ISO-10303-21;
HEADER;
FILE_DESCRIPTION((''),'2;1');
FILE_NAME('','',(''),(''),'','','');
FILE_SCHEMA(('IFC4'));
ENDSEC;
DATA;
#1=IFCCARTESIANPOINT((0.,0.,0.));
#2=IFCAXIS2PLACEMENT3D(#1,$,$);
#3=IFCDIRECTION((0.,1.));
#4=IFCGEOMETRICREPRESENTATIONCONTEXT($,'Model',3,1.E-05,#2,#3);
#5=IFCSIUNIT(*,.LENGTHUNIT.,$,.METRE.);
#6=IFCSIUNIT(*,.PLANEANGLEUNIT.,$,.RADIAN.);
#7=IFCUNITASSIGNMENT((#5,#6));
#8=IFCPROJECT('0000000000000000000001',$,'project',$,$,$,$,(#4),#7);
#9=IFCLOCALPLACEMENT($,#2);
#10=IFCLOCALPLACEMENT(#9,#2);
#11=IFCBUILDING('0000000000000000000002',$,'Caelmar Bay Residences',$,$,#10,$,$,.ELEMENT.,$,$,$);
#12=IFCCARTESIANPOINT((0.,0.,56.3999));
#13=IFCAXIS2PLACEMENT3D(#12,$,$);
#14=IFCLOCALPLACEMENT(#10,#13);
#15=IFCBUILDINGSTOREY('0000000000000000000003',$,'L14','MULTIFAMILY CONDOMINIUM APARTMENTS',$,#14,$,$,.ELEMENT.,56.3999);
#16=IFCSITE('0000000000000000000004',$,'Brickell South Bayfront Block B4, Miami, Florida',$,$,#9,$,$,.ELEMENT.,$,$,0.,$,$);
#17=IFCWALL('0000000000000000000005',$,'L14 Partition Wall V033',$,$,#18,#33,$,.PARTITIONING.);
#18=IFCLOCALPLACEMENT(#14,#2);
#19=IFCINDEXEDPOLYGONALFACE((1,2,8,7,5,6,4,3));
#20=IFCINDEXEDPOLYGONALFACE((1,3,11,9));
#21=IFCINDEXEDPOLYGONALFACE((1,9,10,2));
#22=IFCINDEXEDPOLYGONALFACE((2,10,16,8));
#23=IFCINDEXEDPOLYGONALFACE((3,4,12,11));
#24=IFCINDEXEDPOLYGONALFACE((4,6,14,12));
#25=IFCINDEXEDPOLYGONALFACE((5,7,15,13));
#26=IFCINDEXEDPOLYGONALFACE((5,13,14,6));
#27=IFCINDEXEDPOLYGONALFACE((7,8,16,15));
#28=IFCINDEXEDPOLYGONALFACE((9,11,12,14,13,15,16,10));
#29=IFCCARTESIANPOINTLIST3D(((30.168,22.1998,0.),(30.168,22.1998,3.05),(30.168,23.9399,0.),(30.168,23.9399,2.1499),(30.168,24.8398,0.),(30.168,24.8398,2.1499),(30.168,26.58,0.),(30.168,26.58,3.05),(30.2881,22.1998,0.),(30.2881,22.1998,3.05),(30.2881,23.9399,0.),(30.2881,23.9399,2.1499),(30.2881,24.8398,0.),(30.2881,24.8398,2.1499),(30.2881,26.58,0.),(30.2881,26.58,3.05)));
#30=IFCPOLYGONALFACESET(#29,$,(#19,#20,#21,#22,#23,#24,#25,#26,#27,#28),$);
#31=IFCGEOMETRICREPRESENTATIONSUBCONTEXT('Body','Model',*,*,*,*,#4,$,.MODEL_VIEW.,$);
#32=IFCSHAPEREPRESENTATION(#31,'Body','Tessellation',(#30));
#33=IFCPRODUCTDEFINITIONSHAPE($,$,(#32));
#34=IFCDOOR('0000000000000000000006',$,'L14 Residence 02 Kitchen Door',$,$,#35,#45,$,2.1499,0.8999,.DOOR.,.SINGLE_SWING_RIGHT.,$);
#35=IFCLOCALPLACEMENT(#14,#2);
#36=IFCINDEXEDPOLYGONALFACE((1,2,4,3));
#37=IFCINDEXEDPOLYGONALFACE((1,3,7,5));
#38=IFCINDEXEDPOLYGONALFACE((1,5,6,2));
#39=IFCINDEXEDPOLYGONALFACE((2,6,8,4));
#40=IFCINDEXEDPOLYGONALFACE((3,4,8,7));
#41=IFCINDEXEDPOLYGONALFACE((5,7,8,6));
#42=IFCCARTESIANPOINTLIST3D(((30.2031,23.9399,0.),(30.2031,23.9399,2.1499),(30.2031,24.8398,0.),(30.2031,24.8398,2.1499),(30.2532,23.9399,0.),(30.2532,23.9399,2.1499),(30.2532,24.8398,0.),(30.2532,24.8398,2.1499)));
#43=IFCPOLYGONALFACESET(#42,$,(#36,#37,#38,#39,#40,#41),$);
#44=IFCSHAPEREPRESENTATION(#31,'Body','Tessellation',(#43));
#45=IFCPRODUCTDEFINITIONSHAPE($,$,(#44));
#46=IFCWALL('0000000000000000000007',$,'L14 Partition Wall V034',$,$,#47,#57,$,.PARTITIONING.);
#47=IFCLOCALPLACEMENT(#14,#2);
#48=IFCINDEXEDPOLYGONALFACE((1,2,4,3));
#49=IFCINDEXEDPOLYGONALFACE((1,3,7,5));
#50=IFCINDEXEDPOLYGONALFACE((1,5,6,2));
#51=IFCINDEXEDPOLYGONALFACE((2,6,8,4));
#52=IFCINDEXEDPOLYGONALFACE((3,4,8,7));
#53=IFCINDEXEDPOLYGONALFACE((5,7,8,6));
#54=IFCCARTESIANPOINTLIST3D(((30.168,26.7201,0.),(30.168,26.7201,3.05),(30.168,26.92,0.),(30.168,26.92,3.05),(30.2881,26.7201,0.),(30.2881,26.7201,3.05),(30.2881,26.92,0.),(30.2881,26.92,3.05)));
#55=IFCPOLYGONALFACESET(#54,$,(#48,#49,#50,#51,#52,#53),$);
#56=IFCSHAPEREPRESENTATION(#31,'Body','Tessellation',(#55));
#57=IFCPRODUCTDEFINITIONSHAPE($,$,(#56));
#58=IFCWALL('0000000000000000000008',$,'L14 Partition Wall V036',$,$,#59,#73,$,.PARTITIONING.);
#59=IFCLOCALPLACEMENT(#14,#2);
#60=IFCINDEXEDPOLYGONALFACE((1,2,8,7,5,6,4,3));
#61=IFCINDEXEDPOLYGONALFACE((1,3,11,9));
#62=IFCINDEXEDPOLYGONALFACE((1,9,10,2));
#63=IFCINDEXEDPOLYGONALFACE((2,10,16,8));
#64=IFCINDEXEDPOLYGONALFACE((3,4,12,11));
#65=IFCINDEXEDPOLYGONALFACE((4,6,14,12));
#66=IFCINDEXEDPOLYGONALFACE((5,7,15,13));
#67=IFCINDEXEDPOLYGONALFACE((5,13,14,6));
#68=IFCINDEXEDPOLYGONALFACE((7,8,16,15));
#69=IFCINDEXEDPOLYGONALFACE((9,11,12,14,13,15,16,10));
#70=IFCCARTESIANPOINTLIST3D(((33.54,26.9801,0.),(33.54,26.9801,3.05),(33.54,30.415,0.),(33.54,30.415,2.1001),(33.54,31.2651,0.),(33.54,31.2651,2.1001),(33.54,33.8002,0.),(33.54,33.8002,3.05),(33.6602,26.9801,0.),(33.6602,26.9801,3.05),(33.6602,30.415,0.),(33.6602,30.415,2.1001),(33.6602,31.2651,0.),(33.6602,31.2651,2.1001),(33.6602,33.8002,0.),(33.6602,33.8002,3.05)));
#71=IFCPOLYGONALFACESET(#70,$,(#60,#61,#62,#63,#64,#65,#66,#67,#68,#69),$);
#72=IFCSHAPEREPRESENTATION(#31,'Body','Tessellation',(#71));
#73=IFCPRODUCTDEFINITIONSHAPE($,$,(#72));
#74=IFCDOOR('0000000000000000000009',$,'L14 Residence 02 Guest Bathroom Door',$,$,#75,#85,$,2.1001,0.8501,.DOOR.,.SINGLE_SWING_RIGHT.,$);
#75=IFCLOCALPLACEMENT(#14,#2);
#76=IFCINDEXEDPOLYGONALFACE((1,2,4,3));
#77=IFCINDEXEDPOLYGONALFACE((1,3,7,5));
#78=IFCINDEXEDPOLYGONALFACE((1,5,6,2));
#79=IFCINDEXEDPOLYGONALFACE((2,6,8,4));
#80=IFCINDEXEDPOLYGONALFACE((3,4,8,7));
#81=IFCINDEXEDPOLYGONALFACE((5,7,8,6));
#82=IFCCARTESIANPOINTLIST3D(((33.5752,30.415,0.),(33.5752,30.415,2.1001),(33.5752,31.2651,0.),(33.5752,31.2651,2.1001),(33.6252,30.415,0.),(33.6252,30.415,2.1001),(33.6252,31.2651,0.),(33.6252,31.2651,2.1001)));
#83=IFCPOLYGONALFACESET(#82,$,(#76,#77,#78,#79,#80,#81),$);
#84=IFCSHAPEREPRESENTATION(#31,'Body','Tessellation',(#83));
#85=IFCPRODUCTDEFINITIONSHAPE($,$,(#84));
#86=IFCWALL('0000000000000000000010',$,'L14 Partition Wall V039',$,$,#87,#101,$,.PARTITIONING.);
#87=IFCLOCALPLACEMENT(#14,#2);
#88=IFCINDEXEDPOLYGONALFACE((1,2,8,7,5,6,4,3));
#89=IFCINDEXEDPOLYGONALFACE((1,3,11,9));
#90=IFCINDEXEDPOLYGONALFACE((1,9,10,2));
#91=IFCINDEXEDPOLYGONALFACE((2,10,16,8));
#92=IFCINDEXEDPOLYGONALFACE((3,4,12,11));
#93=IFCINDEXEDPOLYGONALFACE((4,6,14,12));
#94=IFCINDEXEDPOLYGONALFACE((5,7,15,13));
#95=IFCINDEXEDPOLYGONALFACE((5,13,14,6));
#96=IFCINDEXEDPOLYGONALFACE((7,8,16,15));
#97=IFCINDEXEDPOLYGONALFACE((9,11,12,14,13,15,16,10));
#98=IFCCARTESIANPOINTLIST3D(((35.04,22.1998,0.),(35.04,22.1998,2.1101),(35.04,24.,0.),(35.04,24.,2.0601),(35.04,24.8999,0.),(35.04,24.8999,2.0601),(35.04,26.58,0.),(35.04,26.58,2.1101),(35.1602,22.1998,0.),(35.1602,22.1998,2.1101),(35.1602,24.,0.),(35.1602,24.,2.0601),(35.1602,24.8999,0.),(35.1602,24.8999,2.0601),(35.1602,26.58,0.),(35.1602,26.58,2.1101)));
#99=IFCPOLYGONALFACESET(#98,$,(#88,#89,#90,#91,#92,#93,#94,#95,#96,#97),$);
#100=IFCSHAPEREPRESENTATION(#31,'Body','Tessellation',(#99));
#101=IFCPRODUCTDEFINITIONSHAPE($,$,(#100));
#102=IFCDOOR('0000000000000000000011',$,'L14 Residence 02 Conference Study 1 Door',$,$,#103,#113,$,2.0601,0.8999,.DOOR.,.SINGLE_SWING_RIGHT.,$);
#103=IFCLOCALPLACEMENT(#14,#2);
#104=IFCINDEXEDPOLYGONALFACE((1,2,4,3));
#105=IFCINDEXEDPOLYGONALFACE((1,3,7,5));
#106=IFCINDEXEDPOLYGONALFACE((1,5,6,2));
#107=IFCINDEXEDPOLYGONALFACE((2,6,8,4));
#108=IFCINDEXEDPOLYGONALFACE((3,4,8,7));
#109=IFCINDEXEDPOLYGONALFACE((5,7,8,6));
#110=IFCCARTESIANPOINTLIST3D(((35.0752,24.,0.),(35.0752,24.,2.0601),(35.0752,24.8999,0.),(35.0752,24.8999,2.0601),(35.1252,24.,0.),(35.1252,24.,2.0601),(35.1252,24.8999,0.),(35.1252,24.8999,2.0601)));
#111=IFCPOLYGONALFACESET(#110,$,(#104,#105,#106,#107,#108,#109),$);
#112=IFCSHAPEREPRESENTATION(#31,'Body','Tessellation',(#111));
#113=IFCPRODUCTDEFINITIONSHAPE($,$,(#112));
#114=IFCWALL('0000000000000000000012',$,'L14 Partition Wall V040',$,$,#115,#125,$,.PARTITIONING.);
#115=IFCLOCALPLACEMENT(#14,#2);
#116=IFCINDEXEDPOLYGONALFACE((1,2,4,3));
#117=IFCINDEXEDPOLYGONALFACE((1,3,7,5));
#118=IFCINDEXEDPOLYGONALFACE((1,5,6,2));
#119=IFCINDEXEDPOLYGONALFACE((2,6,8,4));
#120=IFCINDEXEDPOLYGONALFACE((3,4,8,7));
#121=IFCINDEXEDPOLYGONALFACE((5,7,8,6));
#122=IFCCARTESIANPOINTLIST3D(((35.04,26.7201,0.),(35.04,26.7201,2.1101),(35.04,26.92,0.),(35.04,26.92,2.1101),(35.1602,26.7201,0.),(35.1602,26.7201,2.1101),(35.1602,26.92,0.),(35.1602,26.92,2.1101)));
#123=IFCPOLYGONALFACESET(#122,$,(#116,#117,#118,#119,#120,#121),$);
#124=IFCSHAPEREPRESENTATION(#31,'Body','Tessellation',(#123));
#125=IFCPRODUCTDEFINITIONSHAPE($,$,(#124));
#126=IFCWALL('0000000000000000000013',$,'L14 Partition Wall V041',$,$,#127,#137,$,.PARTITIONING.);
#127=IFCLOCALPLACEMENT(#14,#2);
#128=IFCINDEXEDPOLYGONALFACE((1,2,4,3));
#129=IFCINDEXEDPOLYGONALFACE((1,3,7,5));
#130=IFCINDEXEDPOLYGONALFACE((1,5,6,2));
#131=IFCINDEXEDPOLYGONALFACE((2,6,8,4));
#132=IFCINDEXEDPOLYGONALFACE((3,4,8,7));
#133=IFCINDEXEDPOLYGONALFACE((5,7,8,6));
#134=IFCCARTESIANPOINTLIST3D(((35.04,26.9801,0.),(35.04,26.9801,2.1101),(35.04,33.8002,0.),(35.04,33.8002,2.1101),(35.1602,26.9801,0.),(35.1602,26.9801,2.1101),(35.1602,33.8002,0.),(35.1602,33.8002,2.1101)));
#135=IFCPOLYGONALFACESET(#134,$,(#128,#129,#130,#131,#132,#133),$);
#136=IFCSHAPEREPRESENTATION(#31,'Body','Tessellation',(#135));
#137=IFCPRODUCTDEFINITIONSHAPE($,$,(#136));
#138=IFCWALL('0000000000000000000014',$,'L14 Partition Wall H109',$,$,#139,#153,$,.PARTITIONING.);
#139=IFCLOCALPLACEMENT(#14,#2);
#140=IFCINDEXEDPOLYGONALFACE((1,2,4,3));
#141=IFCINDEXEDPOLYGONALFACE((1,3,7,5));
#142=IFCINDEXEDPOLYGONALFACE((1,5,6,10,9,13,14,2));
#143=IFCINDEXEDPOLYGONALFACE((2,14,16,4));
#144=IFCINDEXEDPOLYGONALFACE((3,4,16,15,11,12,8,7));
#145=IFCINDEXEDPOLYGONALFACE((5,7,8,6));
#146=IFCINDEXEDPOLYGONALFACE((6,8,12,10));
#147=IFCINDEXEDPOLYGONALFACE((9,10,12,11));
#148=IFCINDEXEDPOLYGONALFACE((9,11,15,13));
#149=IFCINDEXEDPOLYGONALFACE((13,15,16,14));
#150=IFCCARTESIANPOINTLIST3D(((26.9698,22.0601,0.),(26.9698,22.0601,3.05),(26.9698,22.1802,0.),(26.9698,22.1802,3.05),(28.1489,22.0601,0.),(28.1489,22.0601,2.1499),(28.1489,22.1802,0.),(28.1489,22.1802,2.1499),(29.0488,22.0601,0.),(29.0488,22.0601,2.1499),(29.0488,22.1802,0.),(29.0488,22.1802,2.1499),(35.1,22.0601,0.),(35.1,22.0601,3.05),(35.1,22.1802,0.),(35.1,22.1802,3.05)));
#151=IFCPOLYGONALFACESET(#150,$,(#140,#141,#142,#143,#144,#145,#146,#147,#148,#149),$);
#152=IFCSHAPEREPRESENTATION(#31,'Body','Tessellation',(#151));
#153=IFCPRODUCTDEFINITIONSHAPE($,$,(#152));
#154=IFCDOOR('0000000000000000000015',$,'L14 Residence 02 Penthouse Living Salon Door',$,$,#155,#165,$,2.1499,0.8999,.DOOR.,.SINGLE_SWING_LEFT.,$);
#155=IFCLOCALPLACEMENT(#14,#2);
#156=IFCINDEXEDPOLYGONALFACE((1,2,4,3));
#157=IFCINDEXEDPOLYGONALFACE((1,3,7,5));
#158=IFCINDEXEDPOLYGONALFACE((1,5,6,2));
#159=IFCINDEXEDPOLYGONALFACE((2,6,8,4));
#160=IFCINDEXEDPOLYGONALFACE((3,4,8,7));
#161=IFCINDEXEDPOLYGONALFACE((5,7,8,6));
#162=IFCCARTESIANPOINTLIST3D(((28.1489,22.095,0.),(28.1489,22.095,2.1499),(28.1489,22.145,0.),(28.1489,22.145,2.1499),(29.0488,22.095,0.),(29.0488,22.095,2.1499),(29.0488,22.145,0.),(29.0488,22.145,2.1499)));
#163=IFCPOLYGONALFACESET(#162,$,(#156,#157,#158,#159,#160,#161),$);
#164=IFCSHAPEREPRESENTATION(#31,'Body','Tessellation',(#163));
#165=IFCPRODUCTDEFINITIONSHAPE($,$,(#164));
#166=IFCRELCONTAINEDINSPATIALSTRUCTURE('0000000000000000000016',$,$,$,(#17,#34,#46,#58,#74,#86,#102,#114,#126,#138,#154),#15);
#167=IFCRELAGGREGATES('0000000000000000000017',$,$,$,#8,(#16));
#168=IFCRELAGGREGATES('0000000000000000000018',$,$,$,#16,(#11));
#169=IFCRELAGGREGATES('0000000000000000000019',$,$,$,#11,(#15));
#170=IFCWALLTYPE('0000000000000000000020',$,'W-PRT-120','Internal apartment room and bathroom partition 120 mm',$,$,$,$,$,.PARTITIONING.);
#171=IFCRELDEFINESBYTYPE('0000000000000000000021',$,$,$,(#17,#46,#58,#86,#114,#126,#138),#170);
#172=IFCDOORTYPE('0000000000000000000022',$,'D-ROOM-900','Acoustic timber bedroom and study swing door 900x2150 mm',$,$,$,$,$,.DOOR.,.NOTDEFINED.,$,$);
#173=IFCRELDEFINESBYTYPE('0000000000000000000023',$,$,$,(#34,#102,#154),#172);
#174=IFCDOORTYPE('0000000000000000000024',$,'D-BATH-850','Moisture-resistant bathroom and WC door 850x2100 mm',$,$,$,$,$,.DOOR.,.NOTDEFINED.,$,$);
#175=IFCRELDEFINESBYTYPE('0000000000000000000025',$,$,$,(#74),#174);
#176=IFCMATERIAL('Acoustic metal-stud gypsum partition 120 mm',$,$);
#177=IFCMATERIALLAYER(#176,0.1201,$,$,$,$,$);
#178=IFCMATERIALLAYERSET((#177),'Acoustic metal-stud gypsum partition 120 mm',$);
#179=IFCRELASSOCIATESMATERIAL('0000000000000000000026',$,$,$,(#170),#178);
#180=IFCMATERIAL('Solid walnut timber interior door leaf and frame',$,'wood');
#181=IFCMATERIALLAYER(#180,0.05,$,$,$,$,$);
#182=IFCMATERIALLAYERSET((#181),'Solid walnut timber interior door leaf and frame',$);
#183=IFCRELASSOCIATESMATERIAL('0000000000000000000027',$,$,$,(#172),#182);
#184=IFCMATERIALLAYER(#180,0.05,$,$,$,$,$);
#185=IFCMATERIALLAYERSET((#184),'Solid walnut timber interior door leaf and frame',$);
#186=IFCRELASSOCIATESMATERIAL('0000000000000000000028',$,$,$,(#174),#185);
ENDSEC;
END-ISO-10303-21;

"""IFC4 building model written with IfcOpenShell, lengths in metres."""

from ifc_helpers import new_model, si_unit, direction, frame, frame_2d, origin, place, context, subcontext, project, spatial, rectangle, extrude, material, layer, layer_set, type_object, element, fill, save


model = new_model("IFC4")

# Units and contexts
model_context = context("Model", 3, precision=1e-05, world=origin(), true_north=direction((0.0, 1.0)))
body_context = subcontext(model_context, "Body", "Model", "MODEL_VIEW")
ifc_project = project(units=[si_unit("LENGTHUNIT", "METRE"), si_unit("PLANEANGLEUNIT", "RADIAN")], contexts=[model_context])

# Site, building, storey
site_placement = place(None, origin())
site = spatial("IfcSite", under=ifc_project, at=site_placement, Name="Brickell South Bayfront Block B4, Miami, Florida", CompositionType="ELEMENT", RefElevation=0.0)
building_placement = place(site_placement, origin())
building = spatial("IfcBuilding", under=site, at=building_placement, Name="Caelmar Bay Residences", CompositionType="ELEMENT")
storey_placement = place(building_placement, frame((0.0, 0.0, 56.3999)))
storey = spatial("IfcBuildingStorey", under=building, at=storey_placement, Name="L14", Description="MULTIFAMILY CONDOMINIUM APARTMENTS", CompositionType="ELEMENT", Elevation=56.3999)

# Wall, opening, door
ifc_material_1 = material(Name="Acoustic metal-stud gypsum partition 120 mm")
ifc_layer_1 = layer(ifc_material_1, 0.1201)
ifc_layer_set_1 = layer_set([ifc_layer_1], Name="Acoustic metal-stud gypsum partition 120 mm")
wall_type = type_object("IfcWallType", Name="W-PRT-120", Description="Internal apartment room and bathroom partition 120 mm", PredefinedType="PARTITIONING", material=ifc_layer_set_1)
wall_1_placement = place(storey_placement, frame((30.228, 22.2, 0.0), z_axis=(0.0, 0.0, 1.0), x_axis=(0.0, 1.0, 0.0)))
wall_1 = element("IfcWall", 1, at=wall_1_placement, inside=storey, type_object=wall_type, Name="L14 Partition Wall V033", PredefinedType="PARTITIONING", context=body_context, shape_type="SweptSolid", body=[
    extrude(rectangle(XDim=4.3801, YDim=0.1201, at=frame_2d((2.1899, 0.0))), origin(), (0.0, 0.0, 1.0), 3.05),
])
opening_1_placement = place(wall_1_placement, frame((1.74, 0.0, 0.0)))
opening_1 = element("IfcOpeningElement", 2, at=opening_1_placement, cuts=wall_1, PredefinedType="OPENING", context=body_context, shape_type="SweptSolid", body=[
    extrude(rectangle(XDim=0.8999, YDim=2.1499, at=frame_2d((0.45, 1.075))), frame((0.0, 0.0701, 0.0), z_axis=(0.0, -1.0, 0.0), x_axis=(1.0, 0.0, 0.0)), (0.0, 0.0, 1.0), 0.1401),
])
ifc_material_2 = material(Name="Solid walnut timber interior door leaf and frame", Category="wood")
ifc_layer_2 = layer(ifc_material_2, 0.05)
ifc_layer_set_2 = layer_set([ifc_layer_2], Name="Solid walnut timber interior door leaf and frame")
door_type_1 = type_object("IfcDoorType", Name="D-ROOM-900", Description="Acoustic timber bedroom and study swing door 900x2150 mm", OperationType="NOTDEFINED", PredefinedType="DOOR", material=ifc_layer_set_2)
door_1_placement = place(opening_1_placement, origin())
door_1 = element("IfcDoor", 3, at=door_1_placement, inside=storey, type_object=door_type_1, Name="L14 Residence 02 Kitchen Door", OperationType="SINGLE_SWING_RIGHT", OverallHeight=2.1499, OverallWidth=0.8999, PredefinedType="DOOR", context=body_context, shape_type="SweptSolid", body=[
    extrude(rectangle(XDim=0.8999, YDim=2.1499, at=frame_2d((0.45, 1.075))), frame((0.0, 0.0249, 0.0), z_axis=(0.0, -1.0, 0.0), x_axis=(1.0, 0.0, 0.0)), (0.0, 0.0, 1.0), 0.05),
])
fill(opening_1, door_1)

# Wall
wall_2_placement = place(storey_placement, frame((30.228, 26.72, 0.0), z_axis=(0.0, 0.0, 1.0), x_axis=(0.0, 1.0, 0.0)))
element("IfcWall", 4, at=wall_2_placement, inside=storey, type_object=wall_type, Name="L14 Partition Wall V034", PredefinedType="PARTITIONING", context=body_context, shape_type="SweptSolid", body=[
    extrude(rectangle(XDim=0.2, YDim=0.1201, at=frame_2d((0.1001, 0.0))), origin(), (0.0, 0.0, 1.0), 3.05),
])

# Walls, openings, doors
wall_3_placement = place(storey_placement, frame((33.6001, 26.98, 0.0), z_axis=(0.0, 0.0, 1.0), x_axis=(0.0, 1.0, 0.0)))
wall_3 = element("IfcWall", 5, at=wall_3_placement, inside=storey, type_object=wall_type, Name="L14 Partition Wall V036", PredefinedType="PARTITIONING", context=body_context, shape_type="SweptSolid", body=[
    extrude(rectangle(XDim=6.8201, YDim=0.1201, at=frame_2d((3.4102, 0.0))), origin(), (0.0, 0.0, 1.0), 3.05),
])
opening_2_placement = place(wall_3_placement, frame((3.4351, 0.0, 0.0)))
opening_2 = element("IfcOpeningElement", 6, at=opening_2_placement, cuts=wall_3, PredefinedType="OPENING", context=body_context, shape_type="SweptSolid", body=[
    extrude(rectangle(XDim=0.8501, YDim=2.1001, at=frame_2d((0.425, 1.05))), frame((0.0, 0.0701, 0.0), z_axis=(0.0, -1.0, 0.0), x_axis=(1.0, 0.0, 0.0)), (0.0, 0.0, 1.0), 0.1401),
])
ifc_layer_3 = layer(ifc_material_2, 0.05)
ifc_layer_set_3 = layer_set([ifc_layer_3], Name="Solid walnut timber interior door leaf and frame")
door_type_2 = type_object("IfcDoorType", Name="D-BATH-850", Description="Moisture-resistant bathroom and WC door 850x2100 mm", OperationType="NOTDEFINED", PredefinedType="DOOR", material=ifc_layer_set_3)
door_2_placement = place(opening_2_placement, origin())
door_2 = element("IfcDoor", 7, at=door_2_placement, inside=storey, type_object=door_type_2, Name="L14 Residence 02 Guest Bathroom Door", OperationType="SINGLE_SWING_RIGHT", OverallHeight=2.1001, OverallWidth=0.8501, PredefinedType="DOOR", context=body_context, shape_type="SweptSolid", body=[
    extrude(rectangle(XDim=0.8501, YDim=2.1001, at=frame_2d((0.425, 1.05))), frame((0.0, 0.0249, 0.0), z_axis=(0.0, -1.0, 0.0), x_axis=(1.0, 0.0, 0.0)), (0.0, 0.0, 1.0), 0.05),
])
fill(opening_2, door_2)
wall_4_placement = place(storey_placement, frame((35.1001, 22.2, 0.0), z_axis=(0.0, 0.0, 1.0), x_axis=(0.0, 1.0, 0.0)))
wall_4 = element("IfcWall", 8, at=wall_4_placement, inside=storey, type_object=wall_type, Name="L14 Partition Wall V039", PredefinedType="PARTITIONING", context=body_context, shape_type="SweptSolid", body=[
    extrude(rectangle(XDim=4.3801, YDim=0.1201, at=frame_2d((2.1899, 0.0))), origin(), (0.0, 0.0, 1.0), 2.1101),
])
opening_3_placement = place(wall_4_placement, frame((1.8, 0.0, 0.0)))
opening_3 = element("IfcOpeningElement", 9, at=opening_3_placement, cuts=wall_4, PredefinedType="OPENING", context=body_context, shape_type="SweptSolid", body=[
    extrude(rectangle(XDim=0.8999, YDim=2.0601, at=frame_2d((0.45, 1.03))), frame((0.0, 0.0701, 0.0), z_axis=(0.0, -1.0, 0.0), x_axis=(1.0, 0.0, 0.0)), (0.0, 0.0, 1.0), 0.1401),
])
door_3_placement = place(opening_3_placement, origin())
door_3 = element("IfcDoor", 10, at=door_3_placement, inside=storey, type_object=door_type_1, Name="L14 Residence 02 Conference Study 1 Door", OperationType="SINGLE_SWING_RIGHT", OverallHeight=2.0601, OverallWidth=0.8999, PredefinedType="DOOR", context=body_context, shape_type="SweptSolid", body=[
    extrude(rectangle(XDim=0.8999, YDim=2.0601, at=frame_2d((0.45, 1.03))), frame((0.0, 0.0249, 0.0), z_axis=(0.0, -1.0, 0.0), x_axis=(1.0, 0.0, 0.0)), (0.0, 0.0, 1.0), 0.05),
])
fill(opening_3, door_3)

# Walls
wall_5_placement = place(storey_placement, frame((35.1001, 26.72, 0.0), z_axis=(0.0, 0.0, 1.0), x_axis=(0.0, 1.0, 0.0)))
element("IfcWall", 11, at=wall_5_placement, inside=storey, type_object=wall_type, Name="L14 Partition Wall V040", PredefinedType="PARTITIONING", context=body_context, shape_type="SweptSolid", body=[
    extrude(rectangle(XDim=0.2, YDim=0.1201, at=frame_2d((0.1001, 0.0))), origin(), (0.0, 0.0, 1.0), 2.1101),
])
wall_6_placement = place(storey_placement, frame((35.1001, 26.98, 0.0), z_axis=(0.0, 0.0, 1.0), x_axis=(0.0, 1.0, 0.0)))
element("IfcWall", 12, at=wall_6_placement, inside=storey, type_object=wall_type, Name="L14 Partition Wall V041", PredefinedType="PARTITIONING", context=body_context, shape_type="SweptSolid", body=[
    extrude(rectangle(XDim=6.8201, YDim=0.1201, at=frame_2d((3.4102, 0.0))), origin(), (0.0, 0.0, 1.0), 2.1101),
])

# Wall, opening, door
wall_7_placement = place(storey_placement, frame((26.97, 22.1201, 0.0), z_axis=(0.0, 0.0, 1.0), x_axis=(1.0, 0.0, 0.0)))
wall_7 = element("IfcWall", 13, at=wall_7_placement, inside=storey, type_object=wall_type, Name="L14 Partition Wall H109", PredefinedType="PARTITIONING", context=body_context, shape_type="SweptSolid", body=[
    extrude(rectangle(XDim=8.1301, YDim=0.1201, at=frame_2d((4.0649, 0.0))), origin(), (0.0, 0.0, 1.0), 3.05),
])
opening_4_placement = place(wall_7_placement, frame((1.179, 0.0, 0.0)))
opening_4 = element("IfcOpeningElement", 14, at=opening_4_placement, cuts=wall_7, PredefinedType="OPENING", context=body_context, shape_type="SweptSolid", body=[
    extrude(rectangle(XDim=0.8999, YDim=2.1499, at=frame_2d((0.45, 1.075))), frame((0.0, 0.0701, 0.0), z_axis=(0.0, -1.0, 0.0), x_axis=(1.0, 0.0, 0.0)), (0.0, 0.0, 1.0), 0.1401),
])
door_4_placement = place(opening_4_placement, origin())
door_4 = element("IfcDoor", 15, at=door_4_placement, inside=storey, type_object=door_type_1, Name="L14 Residence 02 Penthouse Living Salon Door", OperationType="SINGLE_SWING_LEFT", OverallHeight=2.1499, OverallWidth=0.8999, PredefinedType="DOOR", context=body_context, shape_type="SweptSolid", body=[
    extrude(rectangle(XDim=0.8999, YDim=2.1499, at=frame_2d((0.45, 1.075))), frame((0.0, 0.0249, 0.0), z_axis=(0.0, -1.0, 0.0), x_axis=(1.0, 0.0, 0.0)), (0.0, 0.0, 1.0), 0.05),
])
fill(opening_4, door_4)

save(model, "model.ifc")
